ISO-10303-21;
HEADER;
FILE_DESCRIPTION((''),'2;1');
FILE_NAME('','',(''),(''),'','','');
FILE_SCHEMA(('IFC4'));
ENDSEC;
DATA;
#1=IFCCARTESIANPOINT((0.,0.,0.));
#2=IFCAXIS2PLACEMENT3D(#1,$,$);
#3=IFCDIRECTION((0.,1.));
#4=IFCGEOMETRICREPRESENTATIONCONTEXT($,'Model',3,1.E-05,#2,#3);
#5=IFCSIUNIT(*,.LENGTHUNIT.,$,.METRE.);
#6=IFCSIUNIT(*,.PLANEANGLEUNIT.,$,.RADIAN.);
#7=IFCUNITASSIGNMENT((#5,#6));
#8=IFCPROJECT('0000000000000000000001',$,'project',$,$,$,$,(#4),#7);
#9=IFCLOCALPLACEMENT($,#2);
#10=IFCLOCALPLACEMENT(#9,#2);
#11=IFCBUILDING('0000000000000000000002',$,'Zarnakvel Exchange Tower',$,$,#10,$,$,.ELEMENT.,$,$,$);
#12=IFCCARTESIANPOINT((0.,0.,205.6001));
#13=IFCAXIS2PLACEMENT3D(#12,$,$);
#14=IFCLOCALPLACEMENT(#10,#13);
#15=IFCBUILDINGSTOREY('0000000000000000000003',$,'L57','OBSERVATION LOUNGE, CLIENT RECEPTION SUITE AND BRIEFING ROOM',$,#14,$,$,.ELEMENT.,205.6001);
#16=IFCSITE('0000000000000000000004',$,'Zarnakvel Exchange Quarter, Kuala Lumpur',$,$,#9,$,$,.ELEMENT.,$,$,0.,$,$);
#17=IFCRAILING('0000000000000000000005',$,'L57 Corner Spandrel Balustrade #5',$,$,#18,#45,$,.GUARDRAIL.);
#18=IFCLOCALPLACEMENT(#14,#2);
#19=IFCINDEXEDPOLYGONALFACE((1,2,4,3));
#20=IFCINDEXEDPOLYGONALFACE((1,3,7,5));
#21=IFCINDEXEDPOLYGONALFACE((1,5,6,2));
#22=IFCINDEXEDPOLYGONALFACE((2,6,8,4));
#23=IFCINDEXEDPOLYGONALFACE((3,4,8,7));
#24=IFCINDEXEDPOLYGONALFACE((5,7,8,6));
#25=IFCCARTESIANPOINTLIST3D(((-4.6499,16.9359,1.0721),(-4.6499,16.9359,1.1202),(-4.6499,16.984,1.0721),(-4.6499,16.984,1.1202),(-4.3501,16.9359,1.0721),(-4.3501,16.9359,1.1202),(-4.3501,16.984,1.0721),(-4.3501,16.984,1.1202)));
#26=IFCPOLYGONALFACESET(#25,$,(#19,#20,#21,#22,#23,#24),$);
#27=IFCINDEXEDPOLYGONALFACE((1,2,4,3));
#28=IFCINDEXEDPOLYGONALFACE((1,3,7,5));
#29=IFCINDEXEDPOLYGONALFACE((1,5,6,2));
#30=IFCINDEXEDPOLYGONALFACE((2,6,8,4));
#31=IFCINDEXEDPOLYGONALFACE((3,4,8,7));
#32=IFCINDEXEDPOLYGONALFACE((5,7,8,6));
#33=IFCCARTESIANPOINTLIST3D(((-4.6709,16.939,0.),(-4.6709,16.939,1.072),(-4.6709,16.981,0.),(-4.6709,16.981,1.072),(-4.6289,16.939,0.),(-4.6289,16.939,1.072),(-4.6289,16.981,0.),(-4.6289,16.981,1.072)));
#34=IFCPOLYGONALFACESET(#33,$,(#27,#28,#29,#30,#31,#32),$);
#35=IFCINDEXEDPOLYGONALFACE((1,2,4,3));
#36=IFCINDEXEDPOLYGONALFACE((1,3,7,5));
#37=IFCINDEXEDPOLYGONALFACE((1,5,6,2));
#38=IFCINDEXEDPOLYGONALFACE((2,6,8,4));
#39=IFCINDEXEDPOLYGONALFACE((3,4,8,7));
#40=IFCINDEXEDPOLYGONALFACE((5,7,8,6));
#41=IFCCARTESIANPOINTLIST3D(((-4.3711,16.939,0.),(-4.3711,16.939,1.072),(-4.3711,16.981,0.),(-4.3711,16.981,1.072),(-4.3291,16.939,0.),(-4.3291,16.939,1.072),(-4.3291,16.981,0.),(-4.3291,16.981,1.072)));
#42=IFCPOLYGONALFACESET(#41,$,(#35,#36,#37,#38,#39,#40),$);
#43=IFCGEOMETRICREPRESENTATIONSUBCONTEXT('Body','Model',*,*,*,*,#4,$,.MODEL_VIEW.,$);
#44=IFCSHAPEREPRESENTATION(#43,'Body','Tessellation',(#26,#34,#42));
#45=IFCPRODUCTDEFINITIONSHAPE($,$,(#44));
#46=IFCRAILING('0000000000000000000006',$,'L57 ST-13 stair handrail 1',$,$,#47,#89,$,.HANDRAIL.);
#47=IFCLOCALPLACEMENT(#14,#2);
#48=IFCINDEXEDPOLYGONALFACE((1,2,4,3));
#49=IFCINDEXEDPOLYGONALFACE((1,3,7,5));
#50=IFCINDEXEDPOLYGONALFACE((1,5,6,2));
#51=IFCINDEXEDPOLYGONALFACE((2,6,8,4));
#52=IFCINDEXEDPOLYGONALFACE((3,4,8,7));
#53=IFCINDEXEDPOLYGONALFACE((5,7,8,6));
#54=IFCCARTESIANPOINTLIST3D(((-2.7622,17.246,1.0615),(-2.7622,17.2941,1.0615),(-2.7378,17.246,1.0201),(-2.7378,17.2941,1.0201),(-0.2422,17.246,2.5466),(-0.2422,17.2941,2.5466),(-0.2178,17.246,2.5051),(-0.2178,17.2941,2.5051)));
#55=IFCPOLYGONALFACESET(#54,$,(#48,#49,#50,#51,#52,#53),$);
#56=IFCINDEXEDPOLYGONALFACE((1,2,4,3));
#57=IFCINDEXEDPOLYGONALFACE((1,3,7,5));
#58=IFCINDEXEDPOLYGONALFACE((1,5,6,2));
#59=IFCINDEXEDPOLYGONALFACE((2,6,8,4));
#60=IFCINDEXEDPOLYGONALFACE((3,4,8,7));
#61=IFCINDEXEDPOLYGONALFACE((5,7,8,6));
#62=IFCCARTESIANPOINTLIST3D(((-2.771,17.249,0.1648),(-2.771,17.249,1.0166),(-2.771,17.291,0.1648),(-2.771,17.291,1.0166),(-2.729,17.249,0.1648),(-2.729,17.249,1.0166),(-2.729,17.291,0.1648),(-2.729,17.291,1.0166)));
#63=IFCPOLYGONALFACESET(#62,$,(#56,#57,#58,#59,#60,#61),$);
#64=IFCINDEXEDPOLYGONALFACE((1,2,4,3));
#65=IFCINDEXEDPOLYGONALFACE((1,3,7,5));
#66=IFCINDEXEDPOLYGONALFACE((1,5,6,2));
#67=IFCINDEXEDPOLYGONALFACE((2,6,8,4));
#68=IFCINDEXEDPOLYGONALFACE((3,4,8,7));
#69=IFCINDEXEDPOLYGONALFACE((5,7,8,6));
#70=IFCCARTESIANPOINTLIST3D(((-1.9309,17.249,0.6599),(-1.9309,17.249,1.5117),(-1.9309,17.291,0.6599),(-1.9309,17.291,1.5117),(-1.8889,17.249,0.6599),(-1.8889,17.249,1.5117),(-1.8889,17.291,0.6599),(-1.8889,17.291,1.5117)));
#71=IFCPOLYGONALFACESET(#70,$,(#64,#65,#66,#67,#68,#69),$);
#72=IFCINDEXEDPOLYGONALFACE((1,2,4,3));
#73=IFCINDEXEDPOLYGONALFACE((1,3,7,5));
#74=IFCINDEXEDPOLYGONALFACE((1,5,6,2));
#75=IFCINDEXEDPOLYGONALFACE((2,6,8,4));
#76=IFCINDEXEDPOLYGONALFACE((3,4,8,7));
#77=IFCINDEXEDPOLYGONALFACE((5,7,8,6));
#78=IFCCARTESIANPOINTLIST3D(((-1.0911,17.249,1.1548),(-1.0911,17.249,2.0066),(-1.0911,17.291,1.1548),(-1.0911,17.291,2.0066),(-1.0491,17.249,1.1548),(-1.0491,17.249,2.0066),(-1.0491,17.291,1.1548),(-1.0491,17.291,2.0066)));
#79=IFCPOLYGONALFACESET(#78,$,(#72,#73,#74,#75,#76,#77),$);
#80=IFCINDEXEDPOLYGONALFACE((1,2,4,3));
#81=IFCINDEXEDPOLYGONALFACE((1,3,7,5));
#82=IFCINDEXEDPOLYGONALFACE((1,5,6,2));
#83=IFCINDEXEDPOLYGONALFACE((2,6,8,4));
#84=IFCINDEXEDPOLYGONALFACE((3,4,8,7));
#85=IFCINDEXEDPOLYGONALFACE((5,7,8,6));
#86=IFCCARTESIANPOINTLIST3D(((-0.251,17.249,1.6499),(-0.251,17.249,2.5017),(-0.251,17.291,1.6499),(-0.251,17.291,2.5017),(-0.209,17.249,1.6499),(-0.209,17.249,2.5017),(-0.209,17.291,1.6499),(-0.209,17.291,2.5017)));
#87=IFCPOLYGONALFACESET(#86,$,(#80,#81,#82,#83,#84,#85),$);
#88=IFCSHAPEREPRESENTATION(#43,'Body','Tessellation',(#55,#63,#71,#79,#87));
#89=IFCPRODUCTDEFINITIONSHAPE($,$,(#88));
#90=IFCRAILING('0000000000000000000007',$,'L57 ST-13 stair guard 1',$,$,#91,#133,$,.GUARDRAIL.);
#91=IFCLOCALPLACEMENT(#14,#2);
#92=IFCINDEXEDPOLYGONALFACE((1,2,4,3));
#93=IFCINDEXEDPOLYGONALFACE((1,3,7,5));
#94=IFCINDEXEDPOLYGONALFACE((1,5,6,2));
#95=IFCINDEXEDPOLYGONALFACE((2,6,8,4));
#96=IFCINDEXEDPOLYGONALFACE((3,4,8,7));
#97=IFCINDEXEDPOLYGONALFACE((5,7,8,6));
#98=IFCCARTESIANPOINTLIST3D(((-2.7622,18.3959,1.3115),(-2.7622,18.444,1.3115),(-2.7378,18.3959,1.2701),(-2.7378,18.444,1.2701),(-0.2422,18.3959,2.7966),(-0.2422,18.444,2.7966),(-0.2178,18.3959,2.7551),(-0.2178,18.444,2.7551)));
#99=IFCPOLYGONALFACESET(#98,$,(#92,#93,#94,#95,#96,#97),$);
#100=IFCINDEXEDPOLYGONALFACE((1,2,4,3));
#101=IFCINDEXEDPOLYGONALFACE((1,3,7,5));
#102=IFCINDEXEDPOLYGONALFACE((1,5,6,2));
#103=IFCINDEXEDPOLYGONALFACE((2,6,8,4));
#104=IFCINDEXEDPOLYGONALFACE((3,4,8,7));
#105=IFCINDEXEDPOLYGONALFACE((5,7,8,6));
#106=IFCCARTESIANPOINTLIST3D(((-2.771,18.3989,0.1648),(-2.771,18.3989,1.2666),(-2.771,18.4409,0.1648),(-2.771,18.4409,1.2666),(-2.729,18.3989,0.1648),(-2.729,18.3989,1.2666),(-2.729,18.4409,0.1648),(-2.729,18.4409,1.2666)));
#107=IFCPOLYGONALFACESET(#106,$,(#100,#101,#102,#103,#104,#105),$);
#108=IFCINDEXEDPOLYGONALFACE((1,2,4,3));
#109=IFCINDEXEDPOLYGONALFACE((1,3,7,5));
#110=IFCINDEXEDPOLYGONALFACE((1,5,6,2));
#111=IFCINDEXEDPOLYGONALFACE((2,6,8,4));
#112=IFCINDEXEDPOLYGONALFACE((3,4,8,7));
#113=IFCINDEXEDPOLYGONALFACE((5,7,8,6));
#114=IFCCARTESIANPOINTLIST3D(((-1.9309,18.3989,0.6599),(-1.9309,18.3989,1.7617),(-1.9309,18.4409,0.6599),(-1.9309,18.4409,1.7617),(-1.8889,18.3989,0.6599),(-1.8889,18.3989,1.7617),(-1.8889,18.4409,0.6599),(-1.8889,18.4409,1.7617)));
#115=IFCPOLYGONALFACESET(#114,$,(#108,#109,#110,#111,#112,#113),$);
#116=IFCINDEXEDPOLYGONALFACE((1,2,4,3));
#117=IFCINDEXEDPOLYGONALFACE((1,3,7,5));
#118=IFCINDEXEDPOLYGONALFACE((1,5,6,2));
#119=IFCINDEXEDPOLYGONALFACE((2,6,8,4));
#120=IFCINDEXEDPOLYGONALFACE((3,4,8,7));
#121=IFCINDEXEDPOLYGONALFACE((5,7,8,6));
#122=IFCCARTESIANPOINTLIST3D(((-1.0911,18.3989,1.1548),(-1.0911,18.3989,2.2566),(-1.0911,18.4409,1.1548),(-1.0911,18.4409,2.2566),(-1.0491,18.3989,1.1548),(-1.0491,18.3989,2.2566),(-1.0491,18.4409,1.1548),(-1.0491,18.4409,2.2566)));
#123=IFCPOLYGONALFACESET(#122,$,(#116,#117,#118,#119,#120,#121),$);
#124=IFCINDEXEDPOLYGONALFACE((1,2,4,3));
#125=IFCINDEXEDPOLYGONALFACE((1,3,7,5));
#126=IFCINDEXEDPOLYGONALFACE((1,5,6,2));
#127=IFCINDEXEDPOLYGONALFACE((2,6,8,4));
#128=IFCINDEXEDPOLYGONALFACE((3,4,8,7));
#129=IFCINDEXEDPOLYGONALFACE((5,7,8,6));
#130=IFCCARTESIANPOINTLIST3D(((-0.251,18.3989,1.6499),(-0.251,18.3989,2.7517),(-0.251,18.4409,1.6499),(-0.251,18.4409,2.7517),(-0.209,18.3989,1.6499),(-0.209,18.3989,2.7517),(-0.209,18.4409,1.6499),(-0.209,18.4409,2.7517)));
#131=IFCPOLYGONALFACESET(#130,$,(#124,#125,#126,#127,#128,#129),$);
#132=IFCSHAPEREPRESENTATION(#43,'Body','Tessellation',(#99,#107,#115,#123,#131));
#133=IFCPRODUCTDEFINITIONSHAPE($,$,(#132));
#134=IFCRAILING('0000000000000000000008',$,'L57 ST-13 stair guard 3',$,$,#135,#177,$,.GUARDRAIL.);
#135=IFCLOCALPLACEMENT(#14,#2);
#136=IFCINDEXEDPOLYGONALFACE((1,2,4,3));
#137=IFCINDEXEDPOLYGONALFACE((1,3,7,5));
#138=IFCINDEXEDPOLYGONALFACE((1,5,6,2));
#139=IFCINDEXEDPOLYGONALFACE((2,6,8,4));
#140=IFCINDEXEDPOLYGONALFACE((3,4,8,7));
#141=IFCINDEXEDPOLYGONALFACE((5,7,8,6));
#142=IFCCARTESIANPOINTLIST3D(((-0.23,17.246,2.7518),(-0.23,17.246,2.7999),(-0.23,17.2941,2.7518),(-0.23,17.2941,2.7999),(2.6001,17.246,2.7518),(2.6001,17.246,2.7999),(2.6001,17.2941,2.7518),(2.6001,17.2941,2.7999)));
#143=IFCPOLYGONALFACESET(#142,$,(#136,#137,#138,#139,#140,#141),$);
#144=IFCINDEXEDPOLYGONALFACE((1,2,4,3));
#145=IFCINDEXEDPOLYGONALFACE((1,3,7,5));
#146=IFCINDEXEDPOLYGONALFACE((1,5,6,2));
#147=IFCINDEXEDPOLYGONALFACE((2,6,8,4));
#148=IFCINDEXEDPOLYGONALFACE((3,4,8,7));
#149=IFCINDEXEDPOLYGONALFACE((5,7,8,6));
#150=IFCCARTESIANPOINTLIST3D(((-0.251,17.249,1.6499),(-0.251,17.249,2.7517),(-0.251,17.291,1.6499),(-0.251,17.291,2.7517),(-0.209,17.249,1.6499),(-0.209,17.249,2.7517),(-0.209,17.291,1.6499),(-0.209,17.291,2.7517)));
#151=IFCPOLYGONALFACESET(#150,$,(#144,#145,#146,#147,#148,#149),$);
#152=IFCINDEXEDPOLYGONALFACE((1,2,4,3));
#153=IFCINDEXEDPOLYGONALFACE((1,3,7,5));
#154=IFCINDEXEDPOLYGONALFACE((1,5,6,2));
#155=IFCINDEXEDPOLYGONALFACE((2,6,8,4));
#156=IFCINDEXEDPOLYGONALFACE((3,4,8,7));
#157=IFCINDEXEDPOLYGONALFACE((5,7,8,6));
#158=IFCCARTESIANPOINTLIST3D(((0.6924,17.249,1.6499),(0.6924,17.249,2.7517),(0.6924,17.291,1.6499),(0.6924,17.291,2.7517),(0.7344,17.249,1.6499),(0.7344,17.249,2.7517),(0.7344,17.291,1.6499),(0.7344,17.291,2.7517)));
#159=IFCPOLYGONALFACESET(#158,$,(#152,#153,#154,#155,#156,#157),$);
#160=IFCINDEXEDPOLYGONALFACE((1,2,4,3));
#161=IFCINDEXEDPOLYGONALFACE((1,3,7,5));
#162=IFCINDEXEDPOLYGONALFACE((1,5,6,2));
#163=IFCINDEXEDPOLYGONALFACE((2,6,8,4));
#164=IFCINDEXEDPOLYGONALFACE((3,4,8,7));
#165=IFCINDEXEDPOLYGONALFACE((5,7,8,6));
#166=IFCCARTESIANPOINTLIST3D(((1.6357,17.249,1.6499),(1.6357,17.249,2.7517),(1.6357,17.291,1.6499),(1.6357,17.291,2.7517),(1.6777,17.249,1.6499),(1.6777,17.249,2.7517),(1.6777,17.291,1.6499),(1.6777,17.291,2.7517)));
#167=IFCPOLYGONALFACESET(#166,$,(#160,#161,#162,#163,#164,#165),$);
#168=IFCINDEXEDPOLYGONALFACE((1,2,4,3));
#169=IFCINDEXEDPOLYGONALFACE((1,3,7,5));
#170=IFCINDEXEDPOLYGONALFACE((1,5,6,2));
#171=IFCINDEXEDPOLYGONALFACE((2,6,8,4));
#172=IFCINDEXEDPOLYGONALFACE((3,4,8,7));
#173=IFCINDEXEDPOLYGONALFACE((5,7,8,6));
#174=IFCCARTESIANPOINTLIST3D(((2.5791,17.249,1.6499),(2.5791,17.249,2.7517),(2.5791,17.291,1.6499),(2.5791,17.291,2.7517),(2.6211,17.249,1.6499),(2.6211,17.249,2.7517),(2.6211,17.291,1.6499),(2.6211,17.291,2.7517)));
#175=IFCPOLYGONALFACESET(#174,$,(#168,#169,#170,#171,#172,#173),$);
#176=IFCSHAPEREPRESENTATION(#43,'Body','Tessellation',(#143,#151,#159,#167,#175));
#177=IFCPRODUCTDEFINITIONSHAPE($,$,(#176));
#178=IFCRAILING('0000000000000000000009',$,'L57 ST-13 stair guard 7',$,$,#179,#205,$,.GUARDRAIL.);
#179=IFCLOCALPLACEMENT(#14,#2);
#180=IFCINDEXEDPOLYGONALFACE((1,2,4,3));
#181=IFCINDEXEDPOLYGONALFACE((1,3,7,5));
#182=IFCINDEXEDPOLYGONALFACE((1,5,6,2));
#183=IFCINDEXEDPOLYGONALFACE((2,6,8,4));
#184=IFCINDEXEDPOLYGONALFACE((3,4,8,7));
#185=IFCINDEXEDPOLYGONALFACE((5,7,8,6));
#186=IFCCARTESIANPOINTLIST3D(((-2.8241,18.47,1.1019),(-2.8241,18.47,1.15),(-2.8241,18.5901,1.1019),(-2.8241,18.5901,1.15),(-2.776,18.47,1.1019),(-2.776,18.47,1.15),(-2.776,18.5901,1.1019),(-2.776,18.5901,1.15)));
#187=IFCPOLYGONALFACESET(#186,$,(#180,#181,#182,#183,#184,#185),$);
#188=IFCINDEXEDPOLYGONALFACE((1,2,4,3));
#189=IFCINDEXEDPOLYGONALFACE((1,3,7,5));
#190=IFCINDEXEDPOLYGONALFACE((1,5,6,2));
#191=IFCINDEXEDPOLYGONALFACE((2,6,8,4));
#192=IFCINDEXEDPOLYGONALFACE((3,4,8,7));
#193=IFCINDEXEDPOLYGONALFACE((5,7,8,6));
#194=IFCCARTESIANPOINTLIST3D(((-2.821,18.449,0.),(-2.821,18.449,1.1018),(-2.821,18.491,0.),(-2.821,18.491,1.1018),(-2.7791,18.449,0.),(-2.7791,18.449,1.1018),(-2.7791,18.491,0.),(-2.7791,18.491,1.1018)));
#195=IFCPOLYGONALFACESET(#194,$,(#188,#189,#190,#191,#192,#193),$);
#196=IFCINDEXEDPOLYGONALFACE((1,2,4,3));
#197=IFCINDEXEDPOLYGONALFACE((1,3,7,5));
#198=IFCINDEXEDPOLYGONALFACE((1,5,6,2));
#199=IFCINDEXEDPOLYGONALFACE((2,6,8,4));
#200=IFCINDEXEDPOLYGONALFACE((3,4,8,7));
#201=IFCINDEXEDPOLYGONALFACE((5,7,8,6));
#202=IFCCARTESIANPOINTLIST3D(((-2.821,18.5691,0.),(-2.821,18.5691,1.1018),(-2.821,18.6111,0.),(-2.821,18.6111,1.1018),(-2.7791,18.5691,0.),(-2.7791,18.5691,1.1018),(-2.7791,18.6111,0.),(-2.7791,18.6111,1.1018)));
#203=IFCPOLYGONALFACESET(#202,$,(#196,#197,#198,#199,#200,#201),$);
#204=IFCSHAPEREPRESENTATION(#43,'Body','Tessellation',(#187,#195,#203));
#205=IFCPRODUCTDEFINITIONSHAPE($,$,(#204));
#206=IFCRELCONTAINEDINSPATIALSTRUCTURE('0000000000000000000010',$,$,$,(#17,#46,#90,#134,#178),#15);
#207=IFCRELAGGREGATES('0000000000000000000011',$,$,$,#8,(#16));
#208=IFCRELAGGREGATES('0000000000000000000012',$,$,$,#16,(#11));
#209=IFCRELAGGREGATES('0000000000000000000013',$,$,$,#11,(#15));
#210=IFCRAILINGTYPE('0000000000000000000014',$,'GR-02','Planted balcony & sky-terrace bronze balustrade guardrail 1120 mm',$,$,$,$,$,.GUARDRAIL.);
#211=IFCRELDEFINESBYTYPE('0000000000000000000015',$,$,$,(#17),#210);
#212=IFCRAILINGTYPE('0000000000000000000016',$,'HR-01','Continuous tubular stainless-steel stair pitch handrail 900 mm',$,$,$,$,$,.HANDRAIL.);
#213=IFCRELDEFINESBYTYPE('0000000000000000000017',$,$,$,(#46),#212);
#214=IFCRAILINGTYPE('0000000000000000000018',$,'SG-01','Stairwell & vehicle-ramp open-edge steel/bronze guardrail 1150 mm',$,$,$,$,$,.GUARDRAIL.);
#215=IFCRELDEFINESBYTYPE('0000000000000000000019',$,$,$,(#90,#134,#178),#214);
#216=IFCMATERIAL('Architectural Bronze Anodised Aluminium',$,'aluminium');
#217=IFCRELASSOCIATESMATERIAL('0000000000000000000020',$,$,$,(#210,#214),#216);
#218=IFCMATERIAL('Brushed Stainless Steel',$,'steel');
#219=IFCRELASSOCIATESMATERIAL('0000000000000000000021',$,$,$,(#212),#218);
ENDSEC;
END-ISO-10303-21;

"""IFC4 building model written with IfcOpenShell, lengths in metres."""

from ifc_helpers import new_model, si_unit, direction, frame, origin, origin_2d, place, context, subcontext, project, spatial, rectangle, extrude, material, type_object, element, save


model = new_model("IFC4")

# Units and contexts
model_context = context("Model", 3, precision=1e-05, world=origin(), true_north=direction((0.0, 1.0)))
body_context = subcontext(model_context, "Body", "Model", "MODEL_VIEW")
ifc_project = project(units=[si_unit("LENGTHUNIT", "METRE"), si_unit("PLANEANGLEUNIT", "RADIAN")], contexts=[model_context])

# Site, building, storey
site_placement = place(None, origin())
site = spatial("IfcSite", under=ifc_project, at=site_placement, Name="Zarnakvel Exchange Quarter, Kuala Lumpur", CompositionType="ELEMENT", RefElevation=0.0)
building_placement = place(site_placement, origin())
building = spatial("IfcBuilding", under=site, at=building_placement, Name="Zarnakvel Exchange Tower", CompositionType="ELEMENT")
storey_placement = place(building_placement, frame((0.0, 0.0, 205.6001)))
storey = spatial("IfcBuildingStorey", under=building, at=storey_placement, Name="L57", Description="OBSERVATION LOUNGE, CLIENT RECEPTION SUITE AND BRIEFING ROOM", CompositionType="ELEMENT", Elevation=205.6001)

# Shared definitions
ifc_material_1 = material(Name="Architectural Bronze Anodised Aluminium", Category="aluminium")

# Railings
railing_type_1 = type_object("IfcRailingType", Name="GR-02", Description="Planted balcony & sky-terrace bronze balustrade guardrail 1120 mm", PredefinedType="GUARDRAIL", material=ifc_material_1)
railing_1_placement = place(storey_placement, frame((-4.6499, 16.96, 0.0)))
element("IfcRailing", 1, at=railing_1_placement, inside=storey, type_object=railing_type_1, Name="L57 Corner Spandrel Balustrade #5", PredefinedType="GUARDRAIL", context=body_context, shape_type="SweptSolid", body=[
    extrude(rectangle(XDim=0.0481, YDim=0.0481, at=origin_2d()), frame((0.0, 0.0, 1.0962), z_axis=(1.0, 0.0, 0.0), x_axis=(0.0, 1.0, 0.0)), (0.0, 0.0, 1.0), 0.2998),
    extrude(rectangle(XDim=0.042, YDim=0.042, at=origin_2d()), origin(), (0.0, 0.0, 1.0), 1.072),
    extrude(rectangle(XDim=0.042, YDim=0.042, at=origin_2d()), frame((0.2998, 0.0, 0.0)), (0.0, 0.0, 1.0), 1.072),
])
ifc_material_2 = material(Name="Brushed Stainless Steel", Category="steel")
railing_type_2 = type_object("IfcRailingType", Name="HR-01", Description="Continuous tubular stainless-steel stair pitch handrail 900 mm", PredefinedType="HANDRAIL", material=ifc_material_2)
railing_2_placement = place(storey_placement, frame((-2.75, 17.27, 0.1648)))
element("IfcRailing", 2, at=railing_2_placement, inside=storey, type_object=railing_type_2, Name="L57 ST-13 stair handrail 1", PredefinedType="HANDRAIL", context=body_context, shape_type="SweptSolid", body=[
    extrude(rectangle(XDim=0.0481, YDim=0.0481, at=origin_2d()), frame((0.0, 0.0, 0.876), z_axis=(0.861524, 0.0, 0.507717), x_axis=(0.0, 1.0, 0.0)), (0.0, 0.0, 1.0), 2.925),
    extrude(rectangle(XDim=0.042, YDim=0.042, at=origin_2d()), origin(), (0.0, 0.0, 1.0), 0.8518),
    extrude(rectangle(XDim=0.042, YDim=0.042, at=origin_2d()), frame((0.8401, 0.0, 0.4951)), (0.0, 0.0, 1.0), 0.8518),
    extrude(rectangle(XDim=0.042, YDim=0.042, at=origin_2d()), frame((1.6799, 0.0, 0.99)), (0.0, 0.0, 1.0), 0.8518),
    extrude(rectangle(XDim=0.042, YDim=0.042, at=origin_2d()), frame((2.52, 0.0, 1.4851)), (0.0, 0.0, 1.0), 0.8518),
])
railing_type_3 = type_object("IfcRailingType", Name="SG-01", Description="Stairwell & vehicle-ramp open-edge steel/bronze guardrail 1150 mm", PredefinedType="GUARDRAIL", material=ifc_material_1)
railing_3_placement = place(storey_placement, frame((-2.75, 18.4199, 0.1648)))
element("IfcRailing", 3, at=railing_3_placement, inside=storey, type_object=railing_type_3, Name="L57 ST-13 stair guard 1", PredefinedType="GUARDRAIL", context=body_context, shape_type="SweptSolid", body=[
    extrude(rectangle(XDim=0.0481, YDim=0.0481, at=origin_2d()), frame((0.0, 0.0, 1.126), z_axis=(0.861524, 0.0, 0.507717), x_axis=(0.0, 1.0, 0.0)), (0.0, 0.0, 1.0), 2.925),
    extrude(rectangle(XDim=0.042, YDim=0.042, at=origin_2d()), origin(), (0.0, 0.0, 1.0), 1.1018),
    extrude(rectangle(XDim=0.042, YDim=0.042, at=origin_2d()), frame((0.8401, 0.0, 0.4951)), (0.0, 0.0, 1.0), 1.1018),
    extrude(rectangle(XDim=0.042, YDim=0.042, at=origin_2d()), frame((1.6799, 0.0, 0.99)), (0.0, 0.0, 1.0), 1.1018),
    extrude(rectangle(XDim=0.042, YDim=0.042, at=origin_2d()), frame((2.52, 0.0, 1.4851)), (0.0, 0.0, 1.0), 1.1018),
])
railing_4_placement = place(storey_placement, frame((-0.23, 17.27, 1.6499)))
element("IfcRailing", 4, at=railing_4_placement, inside=storey, type_object=railing_type_3, Name="L57 ST-13 stair guard 3", PredefinedType="GUARDRAIL", context=body_context, shape_type="SweptSolid", body=[
    extrude(rectangle(XDim=0.0481, YDim=0.0481, at=origin_2d()), frame((0.0, 0.0, 1.126), z_axis=(1.0, 0.0, 0.0), x_axis=(0.0, 1.0, 0.0)), (0.0, 0.0, 1.0), 2.8301),
    extrude(rectangle(XDim=0.042, YDim=0.042, at=origin_2d()), origin(), (0.0, 0.0, 1.0), 1.1018),
    extrude(rectangle(XDim=0.042, YDim=0.042, at=origin_2d()), frame((0.9434, 0.0, 0.0)), (0.0, 0.0, 1.0), 1.1018),
    extrude(rectangle(XDim=0.042, YDim=0.042, at=origin_2d()), frame((1.8867, 0.0, 0.0)), (0.0, 0.0, 1.0), 1.1018),
    extrude(rectangle(XDim=0.042, YDim=0.042, at=origin_2d()), frame((2.8301, 0.0, 0.0)), (0.0, 0.0, 1.0), 1.1018),
])
railing_5_placement = place(storey_placement, frame((-2.8, 18.47, 0.0)))
element("IfcRailing", 5, at=railing_5_placement, inside=storey, type_object=railing_type_3, Name="L57 ST-13 stair guard 7", PredefinedType="GUARDRAIL", context=body_context, shape_type="SweptSolid", body=[
    extrude(rectangle(XDim=0.0481, YDim=0.0481, at=origin_2d()), frame((0.0, 0.0, 1.126), z_axis=(0.0, 1.0, 0.0), x_axis=(-1.0, 0.0, 0.0)), (0.0, 0.0, 1.0), 0.1201),
    extrude(rectangle(XDim=0.042, YDim=0.042, at=origin_2d()), origin(), (0.0, 0.0, 1.0), 1.1018),
    extrude(rectangle(XDim=0.042, YDim=0.042, at=origin_2d()), frame((0.0, 0.1201, 0.0)), (0.0, 0.0, 1.0), 1.1018),
])

save(model, "model.ifc")
